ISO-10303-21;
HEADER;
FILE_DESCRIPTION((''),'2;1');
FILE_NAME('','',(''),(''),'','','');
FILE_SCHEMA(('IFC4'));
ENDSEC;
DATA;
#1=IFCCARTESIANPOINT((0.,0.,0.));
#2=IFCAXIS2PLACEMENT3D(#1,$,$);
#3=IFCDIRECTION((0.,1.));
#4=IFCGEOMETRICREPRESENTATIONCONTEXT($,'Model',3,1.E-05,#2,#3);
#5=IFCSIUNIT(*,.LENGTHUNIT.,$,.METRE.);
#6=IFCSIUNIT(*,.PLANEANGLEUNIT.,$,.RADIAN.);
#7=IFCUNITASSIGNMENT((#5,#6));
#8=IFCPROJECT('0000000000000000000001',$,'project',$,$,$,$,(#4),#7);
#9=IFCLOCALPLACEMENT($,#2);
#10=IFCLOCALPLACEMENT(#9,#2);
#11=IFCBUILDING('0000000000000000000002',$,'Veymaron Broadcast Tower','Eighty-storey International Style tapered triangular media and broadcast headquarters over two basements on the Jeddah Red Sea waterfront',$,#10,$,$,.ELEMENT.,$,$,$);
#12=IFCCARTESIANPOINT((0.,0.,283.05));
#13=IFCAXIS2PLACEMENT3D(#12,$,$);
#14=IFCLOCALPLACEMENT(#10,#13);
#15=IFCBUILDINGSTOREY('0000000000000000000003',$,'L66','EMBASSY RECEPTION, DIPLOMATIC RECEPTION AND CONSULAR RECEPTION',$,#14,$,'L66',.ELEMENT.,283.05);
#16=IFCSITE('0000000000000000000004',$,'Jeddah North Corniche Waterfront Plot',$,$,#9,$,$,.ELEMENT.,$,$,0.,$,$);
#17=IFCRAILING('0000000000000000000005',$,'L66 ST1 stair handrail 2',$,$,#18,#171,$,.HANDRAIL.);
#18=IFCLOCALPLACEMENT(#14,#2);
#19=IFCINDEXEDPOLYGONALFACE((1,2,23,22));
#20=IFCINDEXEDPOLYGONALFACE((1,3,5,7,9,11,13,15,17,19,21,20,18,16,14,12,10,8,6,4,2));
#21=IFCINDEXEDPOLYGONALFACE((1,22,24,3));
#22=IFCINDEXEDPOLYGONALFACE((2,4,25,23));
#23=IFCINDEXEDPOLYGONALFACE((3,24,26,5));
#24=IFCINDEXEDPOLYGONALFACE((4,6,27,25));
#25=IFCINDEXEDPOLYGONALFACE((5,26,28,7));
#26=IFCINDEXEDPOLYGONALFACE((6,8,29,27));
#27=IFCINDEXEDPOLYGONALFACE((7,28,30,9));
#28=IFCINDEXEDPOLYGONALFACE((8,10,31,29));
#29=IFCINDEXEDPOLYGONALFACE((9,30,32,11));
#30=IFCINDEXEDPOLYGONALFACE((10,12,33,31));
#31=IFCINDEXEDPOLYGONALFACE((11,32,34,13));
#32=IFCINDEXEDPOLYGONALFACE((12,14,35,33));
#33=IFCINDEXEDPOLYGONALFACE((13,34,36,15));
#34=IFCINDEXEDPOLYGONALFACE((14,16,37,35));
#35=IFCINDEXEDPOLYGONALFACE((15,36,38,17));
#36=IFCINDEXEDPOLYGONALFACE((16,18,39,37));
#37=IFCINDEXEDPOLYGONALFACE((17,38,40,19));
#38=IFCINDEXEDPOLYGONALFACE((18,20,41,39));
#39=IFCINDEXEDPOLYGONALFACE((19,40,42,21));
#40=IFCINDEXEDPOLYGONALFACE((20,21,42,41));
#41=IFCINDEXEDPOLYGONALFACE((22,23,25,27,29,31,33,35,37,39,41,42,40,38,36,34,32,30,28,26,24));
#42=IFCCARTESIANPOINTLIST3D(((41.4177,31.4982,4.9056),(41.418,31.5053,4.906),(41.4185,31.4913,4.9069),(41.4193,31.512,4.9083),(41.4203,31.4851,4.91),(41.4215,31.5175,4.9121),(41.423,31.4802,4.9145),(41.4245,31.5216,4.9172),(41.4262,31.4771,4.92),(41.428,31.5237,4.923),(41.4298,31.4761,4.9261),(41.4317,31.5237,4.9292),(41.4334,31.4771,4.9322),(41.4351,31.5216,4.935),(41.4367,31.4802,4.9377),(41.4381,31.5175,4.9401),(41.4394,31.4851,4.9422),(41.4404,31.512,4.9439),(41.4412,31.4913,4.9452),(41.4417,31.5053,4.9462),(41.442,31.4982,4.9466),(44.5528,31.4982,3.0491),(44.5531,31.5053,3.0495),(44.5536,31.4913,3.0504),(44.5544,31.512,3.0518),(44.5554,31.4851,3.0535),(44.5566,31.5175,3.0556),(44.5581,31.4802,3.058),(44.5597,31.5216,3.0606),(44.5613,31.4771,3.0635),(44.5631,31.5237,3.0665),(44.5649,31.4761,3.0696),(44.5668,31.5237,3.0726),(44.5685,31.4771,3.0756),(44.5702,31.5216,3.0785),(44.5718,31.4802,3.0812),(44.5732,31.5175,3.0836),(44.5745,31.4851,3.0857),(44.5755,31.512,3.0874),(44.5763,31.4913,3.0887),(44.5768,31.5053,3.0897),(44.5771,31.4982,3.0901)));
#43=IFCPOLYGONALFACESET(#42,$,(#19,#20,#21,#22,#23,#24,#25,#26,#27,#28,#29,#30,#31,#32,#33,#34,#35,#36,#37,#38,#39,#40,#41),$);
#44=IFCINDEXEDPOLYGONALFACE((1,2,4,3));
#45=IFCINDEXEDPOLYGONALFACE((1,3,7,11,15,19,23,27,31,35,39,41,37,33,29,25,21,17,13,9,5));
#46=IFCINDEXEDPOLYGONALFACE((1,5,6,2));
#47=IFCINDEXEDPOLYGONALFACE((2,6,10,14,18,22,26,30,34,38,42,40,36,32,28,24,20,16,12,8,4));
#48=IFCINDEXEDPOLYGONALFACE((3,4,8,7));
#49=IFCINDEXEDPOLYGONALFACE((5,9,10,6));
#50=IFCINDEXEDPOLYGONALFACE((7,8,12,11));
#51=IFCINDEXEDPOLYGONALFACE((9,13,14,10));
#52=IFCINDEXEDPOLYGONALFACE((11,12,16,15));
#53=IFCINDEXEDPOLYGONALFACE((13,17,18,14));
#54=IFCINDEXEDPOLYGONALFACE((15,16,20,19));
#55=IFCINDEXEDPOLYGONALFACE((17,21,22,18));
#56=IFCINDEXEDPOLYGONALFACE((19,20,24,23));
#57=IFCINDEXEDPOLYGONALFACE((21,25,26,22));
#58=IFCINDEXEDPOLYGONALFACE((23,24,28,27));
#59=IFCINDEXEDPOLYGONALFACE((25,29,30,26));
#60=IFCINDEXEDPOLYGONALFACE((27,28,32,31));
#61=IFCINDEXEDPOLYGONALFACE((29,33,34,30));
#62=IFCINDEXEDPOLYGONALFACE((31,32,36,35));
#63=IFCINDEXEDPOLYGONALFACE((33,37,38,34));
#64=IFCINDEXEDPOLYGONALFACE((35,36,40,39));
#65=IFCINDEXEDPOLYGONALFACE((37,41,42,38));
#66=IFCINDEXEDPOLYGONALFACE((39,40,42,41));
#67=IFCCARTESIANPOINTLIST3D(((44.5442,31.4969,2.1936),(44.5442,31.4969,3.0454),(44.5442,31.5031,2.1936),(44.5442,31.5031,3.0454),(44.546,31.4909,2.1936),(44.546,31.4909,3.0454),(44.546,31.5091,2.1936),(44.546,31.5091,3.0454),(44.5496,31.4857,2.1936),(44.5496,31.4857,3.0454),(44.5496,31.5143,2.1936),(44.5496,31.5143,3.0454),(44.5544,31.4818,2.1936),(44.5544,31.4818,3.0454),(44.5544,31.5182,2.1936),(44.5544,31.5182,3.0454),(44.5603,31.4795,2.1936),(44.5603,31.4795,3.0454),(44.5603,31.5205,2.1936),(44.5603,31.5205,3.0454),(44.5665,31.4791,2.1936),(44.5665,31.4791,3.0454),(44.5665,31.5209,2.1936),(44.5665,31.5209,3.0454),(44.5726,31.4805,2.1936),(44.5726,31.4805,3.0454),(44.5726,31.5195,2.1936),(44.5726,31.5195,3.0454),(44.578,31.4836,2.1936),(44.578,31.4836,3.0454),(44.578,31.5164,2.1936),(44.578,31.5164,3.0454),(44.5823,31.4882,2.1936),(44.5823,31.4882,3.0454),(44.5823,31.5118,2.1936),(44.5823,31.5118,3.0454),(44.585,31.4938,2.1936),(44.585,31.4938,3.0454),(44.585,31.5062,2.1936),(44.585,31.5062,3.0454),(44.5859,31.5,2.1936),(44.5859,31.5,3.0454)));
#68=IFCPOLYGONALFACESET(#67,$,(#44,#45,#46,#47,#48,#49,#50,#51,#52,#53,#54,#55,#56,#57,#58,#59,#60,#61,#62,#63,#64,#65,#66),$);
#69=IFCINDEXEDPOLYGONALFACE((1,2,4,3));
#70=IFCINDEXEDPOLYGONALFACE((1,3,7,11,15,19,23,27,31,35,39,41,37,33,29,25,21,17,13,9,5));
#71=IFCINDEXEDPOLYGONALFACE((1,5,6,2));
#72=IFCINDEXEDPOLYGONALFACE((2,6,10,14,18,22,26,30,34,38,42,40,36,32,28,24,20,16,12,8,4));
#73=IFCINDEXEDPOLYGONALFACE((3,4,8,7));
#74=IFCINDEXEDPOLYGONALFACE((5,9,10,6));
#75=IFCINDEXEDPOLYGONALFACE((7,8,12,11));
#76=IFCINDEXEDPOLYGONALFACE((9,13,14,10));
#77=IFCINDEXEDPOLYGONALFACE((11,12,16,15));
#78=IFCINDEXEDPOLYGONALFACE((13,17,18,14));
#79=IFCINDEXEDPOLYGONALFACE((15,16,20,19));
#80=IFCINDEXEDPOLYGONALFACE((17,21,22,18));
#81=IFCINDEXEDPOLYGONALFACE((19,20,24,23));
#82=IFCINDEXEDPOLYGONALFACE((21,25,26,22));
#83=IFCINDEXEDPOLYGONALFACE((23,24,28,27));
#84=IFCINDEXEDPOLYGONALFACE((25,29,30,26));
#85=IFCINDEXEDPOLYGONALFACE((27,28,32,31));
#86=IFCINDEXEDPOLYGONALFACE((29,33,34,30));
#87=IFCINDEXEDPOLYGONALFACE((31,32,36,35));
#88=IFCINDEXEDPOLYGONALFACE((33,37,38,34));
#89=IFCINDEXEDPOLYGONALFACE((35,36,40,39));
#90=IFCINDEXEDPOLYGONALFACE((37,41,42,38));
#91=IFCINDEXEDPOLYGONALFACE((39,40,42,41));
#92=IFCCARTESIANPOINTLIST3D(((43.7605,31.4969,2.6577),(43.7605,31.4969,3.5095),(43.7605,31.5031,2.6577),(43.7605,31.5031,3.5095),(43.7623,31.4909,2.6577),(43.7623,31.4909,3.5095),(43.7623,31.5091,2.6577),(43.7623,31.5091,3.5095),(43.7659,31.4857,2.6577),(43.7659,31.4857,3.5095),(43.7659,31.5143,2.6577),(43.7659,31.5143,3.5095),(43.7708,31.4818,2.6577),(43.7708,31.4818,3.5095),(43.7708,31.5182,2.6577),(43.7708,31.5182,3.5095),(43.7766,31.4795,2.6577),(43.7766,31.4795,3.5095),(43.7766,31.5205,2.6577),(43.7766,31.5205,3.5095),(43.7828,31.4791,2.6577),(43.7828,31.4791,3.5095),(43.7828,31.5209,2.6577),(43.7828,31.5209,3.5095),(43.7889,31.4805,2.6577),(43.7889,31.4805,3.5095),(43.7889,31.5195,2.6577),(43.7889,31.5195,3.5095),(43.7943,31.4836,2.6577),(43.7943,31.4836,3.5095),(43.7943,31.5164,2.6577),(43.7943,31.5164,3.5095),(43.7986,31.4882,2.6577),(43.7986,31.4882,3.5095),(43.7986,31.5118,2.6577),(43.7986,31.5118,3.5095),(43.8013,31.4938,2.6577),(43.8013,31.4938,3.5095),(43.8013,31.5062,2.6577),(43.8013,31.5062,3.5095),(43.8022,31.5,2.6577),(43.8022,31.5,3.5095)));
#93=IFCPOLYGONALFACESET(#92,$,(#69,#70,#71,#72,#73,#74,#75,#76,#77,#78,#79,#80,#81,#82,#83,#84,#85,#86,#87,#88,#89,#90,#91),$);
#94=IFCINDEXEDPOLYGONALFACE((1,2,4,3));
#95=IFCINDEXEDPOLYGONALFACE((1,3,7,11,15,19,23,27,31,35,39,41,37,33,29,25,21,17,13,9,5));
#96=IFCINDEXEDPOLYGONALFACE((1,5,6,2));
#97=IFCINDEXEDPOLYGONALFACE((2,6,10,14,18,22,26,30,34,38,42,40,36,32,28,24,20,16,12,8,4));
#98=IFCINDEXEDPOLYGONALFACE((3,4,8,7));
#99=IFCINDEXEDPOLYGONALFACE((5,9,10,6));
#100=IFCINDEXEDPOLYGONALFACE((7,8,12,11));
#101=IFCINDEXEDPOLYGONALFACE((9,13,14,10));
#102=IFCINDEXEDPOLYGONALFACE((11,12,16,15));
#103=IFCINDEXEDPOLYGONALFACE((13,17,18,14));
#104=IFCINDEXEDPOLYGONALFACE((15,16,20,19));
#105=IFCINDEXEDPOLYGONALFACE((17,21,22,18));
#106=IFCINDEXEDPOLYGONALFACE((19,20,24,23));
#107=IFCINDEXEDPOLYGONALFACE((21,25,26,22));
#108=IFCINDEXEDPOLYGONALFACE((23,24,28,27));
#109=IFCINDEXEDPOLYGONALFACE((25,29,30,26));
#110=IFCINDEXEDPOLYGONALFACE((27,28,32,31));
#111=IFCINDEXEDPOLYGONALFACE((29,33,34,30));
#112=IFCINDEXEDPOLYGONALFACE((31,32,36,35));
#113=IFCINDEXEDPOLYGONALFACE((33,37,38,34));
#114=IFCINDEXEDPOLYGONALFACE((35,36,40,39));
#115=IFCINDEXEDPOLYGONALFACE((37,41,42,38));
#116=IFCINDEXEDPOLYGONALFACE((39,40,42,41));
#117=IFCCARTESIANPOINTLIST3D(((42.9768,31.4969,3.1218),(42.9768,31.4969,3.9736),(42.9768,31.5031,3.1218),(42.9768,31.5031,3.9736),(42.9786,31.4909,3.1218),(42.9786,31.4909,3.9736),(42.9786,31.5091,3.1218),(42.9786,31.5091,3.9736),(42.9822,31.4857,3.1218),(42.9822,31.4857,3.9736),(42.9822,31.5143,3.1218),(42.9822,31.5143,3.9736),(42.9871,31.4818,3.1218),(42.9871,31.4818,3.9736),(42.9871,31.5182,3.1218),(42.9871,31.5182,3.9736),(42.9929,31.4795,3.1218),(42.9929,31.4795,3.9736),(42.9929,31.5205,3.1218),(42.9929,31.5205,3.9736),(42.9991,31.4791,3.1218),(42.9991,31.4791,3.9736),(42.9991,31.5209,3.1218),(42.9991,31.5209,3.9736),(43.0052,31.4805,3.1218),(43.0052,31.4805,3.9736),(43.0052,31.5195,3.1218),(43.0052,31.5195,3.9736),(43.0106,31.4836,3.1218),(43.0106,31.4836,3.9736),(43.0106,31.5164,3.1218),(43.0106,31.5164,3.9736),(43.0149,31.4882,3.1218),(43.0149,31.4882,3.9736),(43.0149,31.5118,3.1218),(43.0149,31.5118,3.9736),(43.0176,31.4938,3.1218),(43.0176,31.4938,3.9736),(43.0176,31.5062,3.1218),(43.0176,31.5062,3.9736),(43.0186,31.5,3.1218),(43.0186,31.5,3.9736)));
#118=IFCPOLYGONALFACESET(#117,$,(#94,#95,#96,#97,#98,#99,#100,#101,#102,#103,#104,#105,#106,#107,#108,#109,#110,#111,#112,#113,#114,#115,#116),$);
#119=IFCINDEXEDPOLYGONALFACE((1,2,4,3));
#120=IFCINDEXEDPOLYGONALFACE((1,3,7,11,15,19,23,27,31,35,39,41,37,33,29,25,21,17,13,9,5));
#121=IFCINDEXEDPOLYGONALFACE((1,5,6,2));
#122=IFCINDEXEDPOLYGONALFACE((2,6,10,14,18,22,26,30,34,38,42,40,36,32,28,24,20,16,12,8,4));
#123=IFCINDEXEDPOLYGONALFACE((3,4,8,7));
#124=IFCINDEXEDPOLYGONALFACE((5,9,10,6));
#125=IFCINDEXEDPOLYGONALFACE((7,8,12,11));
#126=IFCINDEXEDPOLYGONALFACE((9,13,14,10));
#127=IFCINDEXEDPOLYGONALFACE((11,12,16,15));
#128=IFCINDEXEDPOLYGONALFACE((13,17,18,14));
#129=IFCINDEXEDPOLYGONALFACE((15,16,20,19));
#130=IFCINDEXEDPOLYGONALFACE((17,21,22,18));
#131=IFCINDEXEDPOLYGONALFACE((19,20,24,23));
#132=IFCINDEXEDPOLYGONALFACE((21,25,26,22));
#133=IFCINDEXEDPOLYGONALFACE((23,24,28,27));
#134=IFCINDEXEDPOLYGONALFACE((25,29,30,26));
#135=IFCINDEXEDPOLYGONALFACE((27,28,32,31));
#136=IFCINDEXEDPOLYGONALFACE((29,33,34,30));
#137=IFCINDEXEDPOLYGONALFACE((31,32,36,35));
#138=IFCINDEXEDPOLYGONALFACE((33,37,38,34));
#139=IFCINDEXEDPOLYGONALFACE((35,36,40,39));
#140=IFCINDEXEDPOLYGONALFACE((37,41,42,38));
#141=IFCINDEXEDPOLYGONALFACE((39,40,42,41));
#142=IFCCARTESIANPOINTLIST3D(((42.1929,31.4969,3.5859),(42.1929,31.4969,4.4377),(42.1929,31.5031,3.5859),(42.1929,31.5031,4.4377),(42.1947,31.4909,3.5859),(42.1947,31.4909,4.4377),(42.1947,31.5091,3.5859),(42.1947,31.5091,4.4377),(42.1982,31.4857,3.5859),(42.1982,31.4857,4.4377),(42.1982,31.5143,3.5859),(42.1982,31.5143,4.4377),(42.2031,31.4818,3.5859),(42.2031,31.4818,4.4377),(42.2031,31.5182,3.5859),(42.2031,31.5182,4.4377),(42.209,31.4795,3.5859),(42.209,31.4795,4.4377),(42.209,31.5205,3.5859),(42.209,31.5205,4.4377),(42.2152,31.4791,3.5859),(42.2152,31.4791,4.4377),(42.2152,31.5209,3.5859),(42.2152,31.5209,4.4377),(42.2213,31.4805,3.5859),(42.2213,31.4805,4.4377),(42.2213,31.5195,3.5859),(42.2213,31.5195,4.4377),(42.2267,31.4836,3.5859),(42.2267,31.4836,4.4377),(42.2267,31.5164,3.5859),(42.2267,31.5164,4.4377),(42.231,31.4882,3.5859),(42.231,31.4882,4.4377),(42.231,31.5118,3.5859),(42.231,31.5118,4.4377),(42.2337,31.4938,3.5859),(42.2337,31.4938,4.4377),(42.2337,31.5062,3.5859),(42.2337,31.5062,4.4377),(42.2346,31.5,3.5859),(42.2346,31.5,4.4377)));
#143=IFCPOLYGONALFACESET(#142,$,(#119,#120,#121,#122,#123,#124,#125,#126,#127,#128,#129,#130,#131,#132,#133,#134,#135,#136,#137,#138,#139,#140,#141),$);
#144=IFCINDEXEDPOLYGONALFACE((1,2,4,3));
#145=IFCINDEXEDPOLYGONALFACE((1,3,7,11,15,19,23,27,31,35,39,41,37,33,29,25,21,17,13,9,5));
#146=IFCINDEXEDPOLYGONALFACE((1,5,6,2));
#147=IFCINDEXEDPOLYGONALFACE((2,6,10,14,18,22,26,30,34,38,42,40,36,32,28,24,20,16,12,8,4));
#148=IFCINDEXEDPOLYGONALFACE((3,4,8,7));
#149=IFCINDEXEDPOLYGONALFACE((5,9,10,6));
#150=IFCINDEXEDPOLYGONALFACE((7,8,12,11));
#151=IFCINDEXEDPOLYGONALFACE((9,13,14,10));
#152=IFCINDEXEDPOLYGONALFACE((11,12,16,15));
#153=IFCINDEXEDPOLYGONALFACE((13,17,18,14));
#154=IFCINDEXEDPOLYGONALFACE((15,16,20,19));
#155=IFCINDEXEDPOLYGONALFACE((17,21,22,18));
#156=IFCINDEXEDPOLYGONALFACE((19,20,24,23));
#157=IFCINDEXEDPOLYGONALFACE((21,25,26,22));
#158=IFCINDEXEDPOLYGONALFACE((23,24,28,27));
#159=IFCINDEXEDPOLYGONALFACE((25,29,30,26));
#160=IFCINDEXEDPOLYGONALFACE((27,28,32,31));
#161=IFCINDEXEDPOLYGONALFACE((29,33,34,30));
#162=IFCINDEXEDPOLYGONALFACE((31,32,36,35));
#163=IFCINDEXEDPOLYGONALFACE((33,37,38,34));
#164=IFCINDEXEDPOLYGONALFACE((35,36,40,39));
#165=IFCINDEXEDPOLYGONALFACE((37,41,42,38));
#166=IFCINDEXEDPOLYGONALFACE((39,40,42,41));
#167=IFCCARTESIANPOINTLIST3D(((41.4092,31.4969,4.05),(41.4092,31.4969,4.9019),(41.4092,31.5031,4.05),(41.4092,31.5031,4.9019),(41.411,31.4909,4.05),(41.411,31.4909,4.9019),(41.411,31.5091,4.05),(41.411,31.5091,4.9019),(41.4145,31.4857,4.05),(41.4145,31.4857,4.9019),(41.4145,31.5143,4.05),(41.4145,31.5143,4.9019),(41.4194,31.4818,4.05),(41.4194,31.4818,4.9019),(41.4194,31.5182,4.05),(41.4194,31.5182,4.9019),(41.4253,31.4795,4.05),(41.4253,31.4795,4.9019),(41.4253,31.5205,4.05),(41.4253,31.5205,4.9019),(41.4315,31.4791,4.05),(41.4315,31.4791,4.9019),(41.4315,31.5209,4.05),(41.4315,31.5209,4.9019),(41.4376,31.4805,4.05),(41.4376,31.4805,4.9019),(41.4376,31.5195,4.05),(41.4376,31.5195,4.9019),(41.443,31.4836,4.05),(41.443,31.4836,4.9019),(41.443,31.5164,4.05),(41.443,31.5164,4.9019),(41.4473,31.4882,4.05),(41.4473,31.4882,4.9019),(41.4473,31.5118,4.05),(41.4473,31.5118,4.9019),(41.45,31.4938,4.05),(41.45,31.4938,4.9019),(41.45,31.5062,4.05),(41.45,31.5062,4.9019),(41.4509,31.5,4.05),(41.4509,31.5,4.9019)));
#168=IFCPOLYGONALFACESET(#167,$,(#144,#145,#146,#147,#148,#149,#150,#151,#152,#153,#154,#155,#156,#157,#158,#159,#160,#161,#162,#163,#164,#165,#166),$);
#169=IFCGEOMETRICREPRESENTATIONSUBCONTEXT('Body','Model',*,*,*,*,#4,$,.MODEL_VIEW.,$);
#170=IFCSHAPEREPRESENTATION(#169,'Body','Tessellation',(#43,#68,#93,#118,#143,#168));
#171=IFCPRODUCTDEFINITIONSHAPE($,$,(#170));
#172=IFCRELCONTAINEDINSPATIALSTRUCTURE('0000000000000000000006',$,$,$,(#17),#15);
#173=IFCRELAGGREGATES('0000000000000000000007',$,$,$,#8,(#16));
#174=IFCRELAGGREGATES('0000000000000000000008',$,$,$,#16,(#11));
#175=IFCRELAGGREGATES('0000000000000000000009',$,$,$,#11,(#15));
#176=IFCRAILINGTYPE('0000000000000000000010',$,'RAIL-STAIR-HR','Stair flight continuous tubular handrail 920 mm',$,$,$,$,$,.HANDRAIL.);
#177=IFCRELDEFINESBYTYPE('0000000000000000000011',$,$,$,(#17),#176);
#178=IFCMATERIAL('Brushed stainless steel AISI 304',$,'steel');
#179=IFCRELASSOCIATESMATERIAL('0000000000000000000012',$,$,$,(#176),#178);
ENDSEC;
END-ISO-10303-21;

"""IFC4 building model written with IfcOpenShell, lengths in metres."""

from ifc_helpers import new_model, si_unit, direction, frame, origin, origin_2d, place, context, subcontext, project, spatial, circle, extrude, material, type_object, element, save


model = new_model("IFC4")

# Units and contexts
model_context = context("Model", 3, precision=1e-05, world=origin(), true_north=direction((0.0, 1.0)))
body_context = subcontext(model_context, "Body", "Model", "MODEL_VIEW")
ifc_project = project(units=[si_unit("LENGTHUNIT", "METRE"), si_unit("PLANEANGLEUNIT", "RADIAN")], contexts=[model_context])

# Site, building, storey
site_placement = place(None, origin())
site = spatial("IfcSite", under=ifc_project, at=site_placement, Name="Jeddah North Corniche Waterfront Plot", CompositionType="ELEMENT", RefElevation=0.0)
building_placement = place(site_placement, origin())
building = spatial("IfcBuilding", under=site, at=building_placement, Name="Veymaron Broadcast Tower", Description="Eighty-storey International Style tapered triangular media and broadcast headquarters over two basements on the Jeddah Red Sea waterfront", CompositionType="ELEMENT")
storey_placement = place(building_placement, frame((0.0, 0.0, 283.05)))
storey = spatial("IfcBuildingStorey", under=building, at=storey_placement, Name="L66", Description="EMBASSY RECEPTION, DIPLOMATIC RECEPTION AND CONSULAR RECEPTION", LongName="L66", CompositionType="ELEMENT", Elevation=283.05)

# Shared definitions
ifc_material_1 = material(Name="Brushed stainless steel AISI 304", Category="steel")

# Railing
railing_type_1 = type_object("IfcRailingType", Name="RAIL-STAIR-HR", Description="Stair flight continuous tubular handrail 920 mm", PredefinedType="HANDRAIL", material=ifc_material_1)
railing_1_placement = place(storey_placement, frame((44.5649, 31.5, 2.1936)))
element("IfcRailing", 1, at=railing_1_placement, inside=storey, type_object=railing_type_1, Name="L66 ST1 stair handrail 2", PredefinedType="HANDRAIL", context=body_context, shape_type="SweptSolid", body=[
    extrude(circle(Radius=0.0239, at=origin_2d()), frame((0.0, 0.0, 0.876), z_axis=(-0.860453, 0.0, 0.509531), x_axis=(0.0, -1.0, 0.0)), (0.0, 0.0, 1.0), 3.6436),
    extrude(circle(Radius=0.021, at=origin_2d()), origin(), (0.0, 0.0, 1.0), 0.8518),
    extrude(circle(Radius=0.021, at=origin_2d()), frame((-0.7837, 0.0, 0.4641)), (0.0, 0.0, 1.0), 0.8518),
    extrude(circle(Radius=0.021, at=origin_2d()), frame((-1.5674, 0.0, 0.9282)), (0.0, 0.0, 1.0), 0.8518),
    extrude(circle(Radius=0.021, at=origin_2d()), frame((-2.3513, 0.0, 1.3923)), (0.0, 0.0, 1.0), 0.8518),
    extrude(circle(Radius=0.021, at=origin_2d()), frame((-3.135, 0.0, 1.8564)), (0.0, 0.0, 1.0), 0.8518),
])

save(model, "model.ifc")
